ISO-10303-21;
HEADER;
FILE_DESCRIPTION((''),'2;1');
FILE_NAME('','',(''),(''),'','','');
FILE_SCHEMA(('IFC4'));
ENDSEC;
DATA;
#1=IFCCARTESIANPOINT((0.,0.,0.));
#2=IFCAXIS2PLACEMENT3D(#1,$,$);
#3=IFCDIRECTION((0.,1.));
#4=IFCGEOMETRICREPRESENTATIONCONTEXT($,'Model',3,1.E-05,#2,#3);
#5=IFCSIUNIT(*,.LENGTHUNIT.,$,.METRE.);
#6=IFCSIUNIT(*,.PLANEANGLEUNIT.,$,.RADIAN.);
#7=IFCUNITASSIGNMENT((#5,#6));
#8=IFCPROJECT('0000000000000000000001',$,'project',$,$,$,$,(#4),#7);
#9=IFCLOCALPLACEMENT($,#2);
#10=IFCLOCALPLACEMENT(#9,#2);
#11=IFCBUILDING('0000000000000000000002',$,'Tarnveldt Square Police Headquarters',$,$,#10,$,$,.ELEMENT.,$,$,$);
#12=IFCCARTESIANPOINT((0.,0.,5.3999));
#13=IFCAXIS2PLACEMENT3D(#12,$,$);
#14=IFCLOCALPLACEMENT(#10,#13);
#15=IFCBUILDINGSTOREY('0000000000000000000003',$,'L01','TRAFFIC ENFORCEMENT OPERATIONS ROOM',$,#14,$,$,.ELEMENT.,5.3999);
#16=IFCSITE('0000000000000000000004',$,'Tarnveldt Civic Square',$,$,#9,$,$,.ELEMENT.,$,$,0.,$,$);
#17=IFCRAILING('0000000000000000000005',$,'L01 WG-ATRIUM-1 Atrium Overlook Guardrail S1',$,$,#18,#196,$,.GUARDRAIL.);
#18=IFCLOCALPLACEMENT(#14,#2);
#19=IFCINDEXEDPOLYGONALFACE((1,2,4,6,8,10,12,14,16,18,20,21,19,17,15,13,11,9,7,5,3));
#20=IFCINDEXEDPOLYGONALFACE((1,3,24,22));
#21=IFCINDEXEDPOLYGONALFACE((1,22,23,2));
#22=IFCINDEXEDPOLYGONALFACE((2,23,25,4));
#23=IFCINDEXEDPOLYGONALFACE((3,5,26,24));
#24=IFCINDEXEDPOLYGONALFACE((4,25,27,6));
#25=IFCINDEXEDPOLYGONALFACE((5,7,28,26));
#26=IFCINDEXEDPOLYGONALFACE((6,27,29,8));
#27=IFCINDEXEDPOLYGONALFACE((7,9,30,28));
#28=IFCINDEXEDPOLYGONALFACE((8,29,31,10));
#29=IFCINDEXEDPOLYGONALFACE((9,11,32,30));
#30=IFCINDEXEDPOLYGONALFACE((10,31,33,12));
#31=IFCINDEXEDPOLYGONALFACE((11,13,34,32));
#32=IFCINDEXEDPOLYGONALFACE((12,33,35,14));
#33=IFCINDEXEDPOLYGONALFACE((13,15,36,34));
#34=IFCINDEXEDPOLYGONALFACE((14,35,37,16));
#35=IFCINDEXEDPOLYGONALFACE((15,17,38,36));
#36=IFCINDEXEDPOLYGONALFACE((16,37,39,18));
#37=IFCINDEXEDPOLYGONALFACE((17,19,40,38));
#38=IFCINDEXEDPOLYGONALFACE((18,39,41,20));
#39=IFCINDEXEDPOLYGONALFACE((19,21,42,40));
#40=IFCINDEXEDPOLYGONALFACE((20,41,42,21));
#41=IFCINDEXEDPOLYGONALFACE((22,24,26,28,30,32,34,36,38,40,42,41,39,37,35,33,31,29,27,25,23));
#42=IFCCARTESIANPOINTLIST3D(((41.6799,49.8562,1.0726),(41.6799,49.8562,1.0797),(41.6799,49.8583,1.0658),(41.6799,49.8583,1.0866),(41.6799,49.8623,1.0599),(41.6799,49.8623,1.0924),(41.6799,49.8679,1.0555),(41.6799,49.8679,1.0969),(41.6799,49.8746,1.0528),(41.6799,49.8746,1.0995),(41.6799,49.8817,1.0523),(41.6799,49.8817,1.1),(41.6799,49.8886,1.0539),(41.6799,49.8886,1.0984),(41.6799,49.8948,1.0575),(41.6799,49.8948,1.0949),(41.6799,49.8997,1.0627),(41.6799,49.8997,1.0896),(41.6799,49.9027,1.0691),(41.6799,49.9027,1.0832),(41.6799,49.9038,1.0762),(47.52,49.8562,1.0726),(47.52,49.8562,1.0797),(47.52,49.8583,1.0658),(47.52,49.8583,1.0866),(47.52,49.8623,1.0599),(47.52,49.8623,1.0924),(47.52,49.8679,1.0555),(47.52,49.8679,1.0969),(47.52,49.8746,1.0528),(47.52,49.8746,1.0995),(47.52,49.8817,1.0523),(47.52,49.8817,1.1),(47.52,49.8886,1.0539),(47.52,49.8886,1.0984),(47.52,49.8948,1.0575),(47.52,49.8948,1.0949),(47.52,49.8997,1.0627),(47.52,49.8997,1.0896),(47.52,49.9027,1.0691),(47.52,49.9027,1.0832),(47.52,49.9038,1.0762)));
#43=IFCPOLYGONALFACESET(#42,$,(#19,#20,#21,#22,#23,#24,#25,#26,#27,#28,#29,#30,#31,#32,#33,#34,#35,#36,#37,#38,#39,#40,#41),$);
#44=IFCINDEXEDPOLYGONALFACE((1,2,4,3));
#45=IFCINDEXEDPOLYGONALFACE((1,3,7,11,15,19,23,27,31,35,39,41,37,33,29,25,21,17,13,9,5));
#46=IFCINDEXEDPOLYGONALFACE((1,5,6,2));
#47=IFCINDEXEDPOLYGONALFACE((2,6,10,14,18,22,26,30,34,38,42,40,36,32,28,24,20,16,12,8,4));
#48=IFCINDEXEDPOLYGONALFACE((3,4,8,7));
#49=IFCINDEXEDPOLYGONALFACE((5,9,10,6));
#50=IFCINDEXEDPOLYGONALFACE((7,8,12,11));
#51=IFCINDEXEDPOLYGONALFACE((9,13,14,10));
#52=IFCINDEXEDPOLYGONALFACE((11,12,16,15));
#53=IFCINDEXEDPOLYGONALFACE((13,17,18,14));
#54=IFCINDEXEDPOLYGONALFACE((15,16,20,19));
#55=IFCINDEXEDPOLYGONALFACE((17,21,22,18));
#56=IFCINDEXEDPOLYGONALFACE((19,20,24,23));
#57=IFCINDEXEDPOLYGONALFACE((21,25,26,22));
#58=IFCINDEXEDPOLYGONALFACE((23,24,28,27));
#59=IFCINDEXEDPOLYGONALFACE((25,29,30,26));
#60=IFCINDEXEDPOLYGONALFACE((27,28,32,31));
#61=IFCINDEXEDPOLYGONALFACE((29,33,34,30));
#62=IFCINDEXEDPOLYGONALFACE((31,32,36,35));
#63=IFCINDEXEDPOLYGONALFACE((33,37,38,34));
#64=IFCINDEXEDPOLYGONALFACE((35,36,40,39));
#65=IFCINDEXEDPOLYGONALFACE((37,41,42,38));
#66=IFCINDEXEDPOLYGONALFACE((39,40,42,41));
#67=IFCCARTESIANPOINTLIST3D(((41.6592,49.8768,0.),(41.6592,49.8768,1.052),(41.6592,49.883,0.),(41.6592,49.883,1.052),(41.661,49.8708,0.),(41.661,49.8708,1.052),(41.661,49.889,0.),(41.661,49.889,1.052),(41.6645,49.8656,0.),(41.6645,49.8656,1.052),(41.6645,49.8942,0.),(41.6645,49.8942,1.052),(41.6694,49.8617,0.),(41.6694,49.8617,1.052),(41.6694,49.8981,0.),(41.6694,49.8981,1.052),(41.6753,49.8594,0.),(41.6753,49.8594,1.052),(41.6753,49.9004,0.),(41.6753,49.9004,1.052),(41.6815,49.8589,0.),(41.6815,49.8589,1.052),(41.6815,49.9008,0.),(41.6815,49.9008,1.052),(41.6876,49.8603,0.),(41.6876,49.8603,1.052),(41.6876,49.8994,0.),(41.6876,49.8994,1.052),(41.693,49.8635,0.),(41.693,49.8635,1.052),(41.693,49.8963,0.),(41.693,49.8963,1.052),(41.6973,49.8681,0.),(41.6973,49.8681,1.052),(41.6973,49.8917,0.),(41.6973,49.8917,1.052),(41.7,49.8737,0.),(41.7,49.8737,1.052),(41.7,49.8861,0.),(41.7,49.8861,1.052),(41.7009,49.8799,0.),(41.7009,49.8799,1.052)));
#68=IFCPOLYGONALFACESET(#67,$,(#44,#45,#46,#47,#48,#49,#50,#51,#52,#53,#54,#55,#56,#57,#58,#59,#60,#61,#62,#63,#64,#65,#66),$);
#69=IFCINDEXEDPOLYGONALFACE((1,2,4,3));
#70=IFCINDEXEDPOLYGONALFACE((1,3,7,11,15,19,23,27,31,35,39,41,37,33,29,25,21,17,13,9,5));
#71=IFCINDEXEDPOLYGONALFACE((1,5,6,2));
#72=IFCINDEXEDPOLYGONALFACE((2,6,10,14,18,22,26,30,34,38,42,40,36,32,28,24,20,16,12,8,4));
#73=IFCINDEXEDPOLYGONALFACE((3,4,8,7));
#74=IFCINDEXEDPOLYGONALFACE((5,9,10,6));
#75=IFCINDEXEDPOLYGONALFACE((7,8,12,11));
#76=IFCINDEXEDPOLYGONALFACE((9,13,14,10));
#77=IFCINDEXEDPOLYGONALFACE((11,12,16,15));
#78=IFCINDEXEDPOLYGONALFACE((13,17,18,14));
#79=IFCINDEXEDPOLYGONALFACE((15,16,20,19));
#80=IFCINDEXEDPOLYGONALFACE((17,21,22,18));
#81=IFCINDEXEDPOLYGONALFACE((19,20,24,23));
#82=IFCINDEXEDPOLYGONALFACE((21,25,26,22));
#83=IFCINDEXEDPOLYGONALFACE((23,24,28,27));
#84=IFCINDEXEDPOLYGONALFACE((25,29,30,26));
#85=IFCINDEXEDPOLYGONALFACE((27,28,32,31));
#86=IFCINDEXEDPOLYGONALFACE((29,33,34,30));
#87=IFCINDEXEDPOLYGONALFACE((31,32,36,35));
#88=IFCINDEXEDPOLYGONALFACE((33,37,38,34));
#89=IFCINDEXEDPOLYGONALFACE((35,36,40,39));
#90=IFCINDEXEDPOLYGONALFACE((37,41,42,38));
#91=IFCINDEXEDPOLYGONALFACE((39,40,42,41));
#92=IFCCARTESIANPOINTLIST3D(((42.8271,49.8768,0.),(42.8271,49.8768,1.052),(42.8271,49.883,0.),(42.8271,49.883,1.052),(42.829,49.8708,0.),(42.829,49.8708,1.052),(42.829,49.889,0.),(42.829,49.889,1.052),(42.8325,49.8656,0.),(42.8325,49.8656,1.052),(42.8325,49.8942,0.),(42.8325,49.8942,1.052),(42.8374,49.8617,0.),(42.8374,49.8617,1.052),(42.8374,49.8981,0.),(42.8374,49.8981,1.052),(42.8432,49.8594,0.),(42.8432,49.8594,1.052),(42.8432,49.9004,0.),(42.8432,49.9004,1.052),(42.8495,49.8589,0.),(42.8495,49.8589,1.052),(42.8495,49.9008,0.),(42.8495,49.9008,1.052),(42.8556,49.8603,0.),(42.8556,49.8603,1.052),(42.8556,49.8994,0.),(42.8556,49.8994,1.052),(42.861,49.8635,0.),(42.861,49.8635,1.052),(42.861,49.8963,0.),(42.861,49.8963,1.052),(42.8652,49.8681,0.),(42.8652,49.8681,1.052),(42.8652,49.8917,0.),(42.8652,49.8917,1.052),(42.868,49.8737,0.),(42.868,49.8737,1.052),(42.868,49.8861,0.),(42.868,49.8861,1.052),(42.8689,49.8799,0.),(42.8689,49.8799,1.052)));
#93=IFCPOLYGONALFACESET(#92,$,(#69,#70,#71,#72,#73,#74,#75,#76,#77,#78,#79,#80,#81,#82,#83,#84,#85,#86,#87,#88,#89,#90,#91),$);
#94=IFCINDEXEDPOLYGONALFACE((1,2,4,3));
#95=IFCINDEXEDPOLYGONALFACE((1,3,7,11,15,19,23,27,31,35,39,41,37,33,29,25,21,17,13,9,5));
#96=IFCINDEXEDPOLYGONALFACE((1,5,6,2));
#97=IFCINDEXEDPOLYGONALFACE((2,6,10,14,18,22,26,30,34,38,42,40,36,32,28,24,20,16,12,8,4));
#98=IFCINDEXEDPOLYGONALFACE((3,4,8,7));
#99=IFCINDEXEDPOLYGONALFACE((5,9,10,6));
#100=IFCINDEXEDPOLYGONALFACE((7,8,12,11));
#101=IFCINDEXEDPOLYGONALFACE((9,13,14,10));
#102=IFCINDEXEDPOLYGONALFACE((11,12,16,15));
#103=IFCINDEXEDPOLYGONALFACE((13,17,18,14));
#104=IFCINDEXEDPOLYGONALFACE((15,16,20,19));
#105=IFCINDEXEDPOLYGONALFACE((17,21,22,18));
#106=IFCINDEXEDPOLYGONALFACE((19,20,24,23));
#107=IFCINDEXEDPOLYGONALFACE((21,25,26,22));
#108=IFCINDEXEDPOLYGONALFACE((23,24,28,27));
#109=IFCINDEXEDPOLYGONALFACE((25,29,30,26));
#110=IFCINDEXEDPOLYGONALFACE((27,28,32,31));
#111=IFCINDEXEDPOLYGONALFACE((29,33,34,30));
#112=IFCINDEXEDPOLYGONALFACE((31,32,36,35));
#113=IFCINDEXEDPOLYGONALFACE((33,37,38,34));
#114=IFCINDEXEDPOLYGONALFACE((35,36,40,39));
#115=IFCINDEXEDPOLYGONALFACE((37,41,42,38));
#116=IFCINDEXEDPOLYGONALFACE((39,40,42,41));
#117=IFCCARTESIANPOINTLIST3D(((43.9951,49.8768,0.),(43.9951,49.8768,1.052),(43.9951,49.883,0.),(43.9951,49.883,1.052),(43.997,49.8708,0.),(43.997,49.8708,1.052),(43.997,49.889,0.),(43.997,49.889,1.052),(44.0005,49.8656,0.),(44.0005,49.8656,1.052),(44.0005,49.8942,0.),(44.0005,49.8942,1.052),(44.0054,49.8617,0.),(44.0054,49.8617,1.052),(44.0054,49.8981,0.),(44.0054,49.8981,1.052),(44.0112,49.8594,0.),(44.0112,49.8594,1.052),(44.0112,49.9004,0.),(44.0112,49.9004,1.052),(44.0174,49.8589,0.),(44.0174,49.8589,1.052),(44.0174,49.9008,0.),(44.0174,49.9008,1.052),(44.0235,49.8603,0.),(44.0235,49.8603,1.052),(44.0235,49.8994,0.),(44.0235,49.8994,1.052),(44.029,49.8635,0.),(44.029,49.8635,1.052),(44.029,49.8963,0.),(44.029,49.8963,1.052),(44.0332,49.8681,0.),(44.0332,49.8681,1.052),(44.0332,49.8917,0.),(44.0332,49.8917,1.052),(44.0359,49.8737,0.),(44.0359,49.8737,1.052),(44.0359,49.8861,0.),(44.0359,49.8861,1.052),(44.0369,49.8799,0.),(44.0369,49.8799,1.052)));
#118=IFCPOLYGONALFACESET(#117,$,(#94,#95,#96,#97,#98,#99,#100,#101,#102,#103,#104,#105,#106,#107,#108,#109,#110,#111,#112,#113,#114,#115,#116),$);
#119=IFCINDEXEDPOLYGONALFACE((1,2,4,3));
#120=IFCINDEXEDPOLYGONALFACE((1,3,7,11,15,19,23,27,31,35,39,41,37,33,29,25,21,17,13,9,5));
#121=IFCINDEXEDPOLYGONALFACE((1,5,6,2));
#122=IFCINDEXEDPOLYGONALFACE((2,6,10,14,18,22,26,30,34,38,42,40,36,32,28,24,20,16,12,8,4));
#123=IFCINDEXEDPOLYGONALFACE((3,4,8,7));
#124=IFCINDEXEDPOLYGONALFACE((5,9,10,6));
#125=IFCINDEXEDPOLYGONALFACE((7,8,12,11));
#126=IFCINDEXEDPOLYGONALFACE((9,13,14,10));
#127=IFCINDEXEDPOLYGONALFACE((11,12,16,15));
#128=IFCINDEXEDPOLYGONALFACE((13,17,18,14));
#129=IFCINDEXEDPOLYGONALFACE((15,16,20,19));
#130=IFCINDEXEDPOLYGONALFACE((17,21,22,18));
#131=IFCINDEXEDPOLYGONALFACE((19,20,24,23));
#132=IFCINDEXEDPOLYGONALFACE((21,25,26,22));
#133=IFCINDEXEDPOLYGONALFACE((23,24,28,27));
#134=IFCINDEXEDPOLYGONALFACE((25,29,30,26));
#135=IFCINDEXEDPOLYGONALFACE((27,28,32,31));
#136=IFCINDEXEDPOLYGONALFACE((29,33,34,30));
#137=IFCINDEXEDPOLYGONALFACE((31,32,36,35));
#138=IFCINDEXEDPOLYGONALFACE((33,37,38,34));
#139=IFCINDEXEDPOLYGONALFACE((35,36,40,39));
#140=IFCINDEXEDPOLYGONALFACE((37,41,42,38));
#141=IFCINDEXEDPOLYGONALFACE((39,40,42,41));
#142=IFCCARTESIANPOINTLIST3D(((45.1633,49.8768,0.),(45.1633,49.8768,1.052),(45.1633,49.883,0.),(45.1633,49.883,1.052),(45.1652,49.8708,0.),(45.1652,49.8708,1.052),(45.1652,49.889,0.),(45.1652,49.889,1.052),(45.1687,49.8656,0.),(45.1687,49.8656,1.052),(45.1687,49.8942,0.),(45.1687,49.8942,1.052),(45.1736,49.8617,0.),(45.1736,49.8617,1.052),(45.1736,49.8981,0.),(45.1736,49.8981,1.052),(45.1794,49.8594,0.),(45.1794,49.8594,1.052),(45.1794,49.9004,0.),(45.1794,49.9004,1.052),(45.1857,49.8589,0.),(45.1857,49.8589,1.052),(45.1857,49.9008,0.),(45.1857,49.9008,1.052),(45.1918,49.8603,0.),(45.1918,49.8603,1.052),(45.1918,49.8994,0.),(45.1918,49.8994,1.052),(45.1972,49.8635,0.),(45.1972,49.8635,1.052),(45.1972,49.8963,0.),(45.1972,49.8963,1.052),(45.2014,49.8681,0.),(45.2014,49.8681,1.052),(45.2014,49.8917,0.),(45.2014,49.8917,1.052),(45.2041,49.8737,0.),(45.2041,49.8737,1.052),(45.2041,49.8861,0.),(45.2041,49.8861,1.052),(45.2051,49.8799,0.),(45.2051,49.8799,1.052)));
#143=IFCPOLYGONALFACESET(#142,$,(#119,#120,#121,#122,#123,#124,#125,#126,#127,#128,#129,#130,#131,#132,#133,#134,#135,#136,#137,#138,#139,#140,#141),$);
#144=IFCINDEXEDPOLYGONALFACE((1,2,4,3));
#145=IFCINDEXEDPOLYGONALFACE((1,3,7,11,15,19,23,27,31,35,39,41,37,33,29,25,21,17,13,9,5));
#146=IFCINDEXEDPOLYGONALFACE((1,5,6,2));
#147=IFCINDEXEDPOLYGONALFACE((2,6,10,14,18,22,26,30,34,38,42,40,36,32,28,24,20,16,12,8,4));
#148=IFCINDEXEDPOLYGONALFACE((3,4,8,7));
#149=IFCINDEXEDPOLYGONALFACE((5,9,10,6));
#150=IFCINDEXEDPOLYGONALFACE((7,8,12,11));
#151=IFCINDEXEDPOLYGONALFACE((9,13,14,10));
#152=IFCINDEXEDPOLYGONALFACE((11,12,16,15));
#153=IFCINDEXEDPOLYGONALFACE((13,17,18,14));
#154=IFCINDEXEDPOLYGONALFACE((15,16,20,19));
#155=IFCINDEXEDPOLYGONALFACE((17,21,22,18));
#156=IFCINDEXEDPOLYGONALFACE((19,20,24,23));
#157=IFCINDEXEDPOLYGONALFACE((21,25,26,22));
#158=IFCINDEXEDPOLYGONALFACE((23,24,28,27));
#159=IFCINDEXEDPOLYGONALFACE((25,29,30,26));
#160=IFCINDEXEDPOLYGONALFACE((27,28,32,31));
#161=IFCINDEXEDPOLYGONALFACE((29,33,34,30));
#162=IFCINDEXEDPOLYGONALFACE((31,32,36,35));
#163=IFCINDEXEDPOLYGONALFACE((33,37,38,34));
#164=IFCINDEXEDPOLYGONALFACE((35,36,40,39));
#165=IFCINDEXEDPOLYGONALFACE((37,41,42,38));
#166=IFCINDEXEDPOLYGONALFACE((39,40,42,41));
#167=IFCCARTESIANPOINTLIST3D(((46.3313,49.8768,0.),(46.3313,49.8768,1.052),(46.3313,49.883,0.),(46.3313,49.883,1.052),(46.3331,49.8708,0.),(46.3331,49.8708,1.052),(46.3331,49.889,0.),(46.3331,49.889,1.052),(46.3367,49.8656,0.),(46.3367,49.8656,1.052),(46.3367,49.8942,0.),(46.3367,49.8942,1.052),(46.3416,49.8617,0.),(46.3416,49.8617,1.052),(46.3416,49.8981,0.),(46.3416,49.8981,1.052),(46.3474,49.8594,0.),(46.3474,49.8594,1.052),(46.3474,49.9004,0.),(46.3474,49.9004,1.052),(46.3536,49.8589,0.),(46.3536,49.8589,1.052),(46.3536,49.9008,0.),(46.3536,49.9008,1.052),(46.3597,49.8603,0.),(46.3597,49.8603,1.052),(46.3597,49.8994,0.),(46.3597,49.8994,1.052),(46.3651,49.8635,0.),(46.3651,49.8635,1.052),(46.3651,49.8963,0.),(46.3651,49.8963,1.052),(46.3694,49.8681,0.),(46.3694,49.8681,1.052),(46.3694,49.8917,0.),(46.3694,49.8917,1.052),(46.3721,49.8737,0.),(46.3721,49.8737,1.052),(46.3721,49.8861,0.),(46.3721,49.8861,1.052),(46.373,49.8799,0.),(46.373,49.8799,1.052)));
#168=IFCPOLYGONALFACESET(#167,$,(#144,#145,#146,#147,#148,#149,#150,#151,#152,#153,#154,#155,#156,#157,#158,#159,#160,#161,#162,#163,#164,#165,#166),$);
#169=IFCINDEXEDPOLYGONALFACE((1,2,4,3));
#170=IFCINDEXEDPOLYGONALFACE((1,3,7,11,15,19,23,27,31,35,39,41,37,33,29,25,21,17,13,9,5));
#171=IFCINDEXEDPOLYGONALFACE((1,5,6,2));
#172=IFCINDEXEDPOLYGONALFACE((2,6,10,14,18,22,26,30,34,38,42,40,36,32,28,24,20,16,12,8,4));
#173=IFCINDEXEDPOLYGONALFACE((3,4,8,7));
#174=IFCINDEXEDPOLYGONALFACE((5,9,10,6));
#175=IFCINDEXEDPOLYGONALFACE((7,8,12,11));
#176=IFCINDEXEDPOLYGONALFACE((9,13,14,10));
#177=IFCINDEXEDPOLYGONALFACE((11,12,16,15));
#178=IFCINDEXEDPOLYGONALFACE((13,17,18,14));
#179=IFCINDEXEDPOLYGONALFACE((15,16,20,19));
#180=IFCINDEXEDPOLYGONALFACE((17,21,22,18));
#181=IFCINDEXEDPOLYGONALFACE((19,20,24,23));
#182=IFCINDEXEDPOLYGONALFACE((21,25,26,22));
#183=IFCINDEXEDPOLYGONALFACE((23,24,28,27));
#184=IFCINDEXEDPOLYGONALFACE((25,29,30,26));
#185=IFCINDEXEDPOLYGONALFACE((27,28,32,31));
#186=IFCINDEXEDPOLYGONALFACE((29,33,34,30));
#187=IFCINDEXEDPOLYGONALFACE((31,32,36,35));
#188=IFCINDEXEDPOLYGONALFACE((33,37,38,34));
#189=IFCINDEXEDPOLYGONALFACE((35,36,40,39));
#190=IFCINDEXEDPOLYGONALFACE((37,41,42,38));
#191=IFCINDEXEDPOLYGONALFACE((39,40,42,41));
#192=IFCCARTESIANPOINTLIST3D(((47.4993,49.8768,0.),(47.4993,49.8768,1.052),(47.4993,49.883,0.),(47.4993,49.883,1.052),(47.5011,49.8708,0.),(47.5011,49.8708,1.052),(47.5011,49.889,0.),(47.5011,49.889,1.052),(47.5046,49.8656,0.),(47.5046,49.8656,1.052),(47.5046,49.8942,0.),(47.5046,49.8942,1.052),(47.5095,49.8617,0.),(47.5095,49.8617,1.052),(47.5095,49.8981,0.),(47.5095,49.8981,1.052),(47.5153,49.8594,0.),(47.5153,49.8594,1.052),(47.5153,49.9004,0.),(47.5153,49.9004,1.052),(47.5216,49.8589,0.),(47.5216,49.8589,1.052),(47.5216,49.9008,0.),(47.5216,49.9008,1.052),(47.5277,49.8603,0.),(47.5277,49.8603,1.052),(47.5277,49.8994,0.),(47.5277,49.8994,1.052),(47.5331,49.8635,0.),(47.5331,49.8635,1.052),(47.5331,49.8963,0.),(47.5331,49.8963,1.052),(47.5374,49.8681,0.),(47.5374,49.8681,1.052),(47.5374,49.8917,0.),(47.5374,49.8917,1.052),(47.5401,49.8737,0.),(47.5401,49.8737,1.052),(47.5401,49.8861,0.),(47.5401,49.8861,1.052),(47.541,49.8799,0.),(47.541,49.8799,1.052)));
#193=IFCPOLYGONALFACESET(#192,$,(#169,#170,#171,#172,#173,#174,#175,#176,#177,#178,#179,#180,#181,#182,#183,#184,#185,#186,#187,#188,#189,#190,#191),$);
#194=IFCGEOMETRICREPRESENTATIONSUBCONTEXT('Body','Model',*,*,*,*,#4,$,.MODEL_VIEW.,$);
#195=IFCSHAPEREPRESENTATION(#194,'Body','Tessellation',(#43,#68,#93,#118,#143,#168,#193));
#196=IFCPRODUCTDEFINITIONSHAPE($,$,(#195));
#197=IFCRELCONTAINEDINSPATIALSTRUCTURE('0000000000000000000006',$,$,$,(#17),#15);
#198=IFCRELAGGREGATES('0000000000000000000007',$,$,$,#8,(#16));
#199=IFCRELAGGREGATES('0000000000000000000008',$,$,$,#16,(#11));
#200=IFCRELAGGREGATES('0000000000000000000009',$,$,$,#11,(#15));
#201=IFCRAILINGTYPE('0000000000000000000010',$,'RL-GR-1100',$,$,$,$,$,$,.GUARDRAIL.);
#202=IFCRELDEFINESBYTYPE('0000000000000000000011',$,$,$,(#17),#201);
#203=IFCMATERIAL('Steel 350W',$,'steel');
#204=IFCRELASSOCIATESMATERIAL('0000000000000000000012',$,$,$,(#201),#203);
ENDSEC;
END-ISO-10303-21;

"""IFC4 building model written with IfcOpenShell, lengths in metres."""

from ifc_helpers import new_model, si_unit, direction, frame, origin, origin_2d, place, context, subcontext, project, spatial, circle, extrude, material, type_object, element, save


model = new_model("IFC4")

# Units and contexts
model_context = context("Model", 3, precision=1e-05, world=origin(), true_north=direction((0.0, 1.0)))
body_context = subcontext(model_context, "Body", "Model", "MODEL_VIEW")
ifc_project = project(units=[si_unit("LENGTHUNIT", "METRE"), si_unit("PLANEANGLEUNIT", "RADIAN")], contexts=[model_context])

# Site, building, storey
site_placement = place(None, origin())
site = spatial("IfcSite", under=ifc_project, at=site_placement, Name="Tarnveldt Civic Square", CompositionType="ELEMENT", RefElevation=0.0)
building_placement = place(site_placement, origin())
building = spatial("IfcBuilding", under=site, at=building_placement, Name="Tarnveldt Square Police Headquarters", CompositionType="ELEMENT")
storey_placement = place(building_placement, frame((0.0, 0.0, 5.3999)))
storey = spatial("IfcBuildingStorey", under=building, at=storey_placement, Name="L01", Description="TRAFFIC ENFORCEMENT OPERATIONS ROOM", CompositionType="ELEMENT", Elevation=5.3999)

# Shared definitions
ifc_material_1 = material(Name="Steel 350W", Category="steel")

# Railing
railing_type = type_object("IfcRailingType", Name="RL-GR-1100", PredefinedType="GUARDRAIL", material=ifc_material_1)
railing_1_placement = place(storey_placement, frame((41.6799, 49.8799, 0.0)))
element("IfcRailing", 1, at=railing_1_placement, inside=storey, type_object=railing_type, Name="L01 WG-ATRIUM-1 Atrium Overlook Guardrail S1", PredefinedType="GUARDRAIL", context=body_context, shape_type="SweptSolid", body=[
    extrude(circle(Radius=0.0239, at=origin_2d()), frame((0.0, 0.0, 1.0762), z_axis=(1.0, 0.0, 0.0), x_axis=(0.0, 1.0, 0.0)), (0.0, 0.0, 1.0), 5.8401),
    extrude(circle(Radius=0.021, at=origin_2d()), origin(), (0.0, 0.0, 1.0), 1.052),
    extrude(circle(Radius=0.021, at=origin_2d()), frame((1.168, 0.0, 0.0)), (0.0, 0.0, 1.0), 1.052),
    extrude(circle(Radius=0.021, at=origin_2d()), frame((2.3359, 0.0, 0.0)), (0.0, 0.0, 1.0), 1.052),
    extrude(circle(Radius=0.021, at=origin_2d()), frame((3.5042, 0.0, 0.0)), (0.0, 0.0, 1.0), 1.052),
    extrude(circle(Radius=0.021, at=origin_2d()), frame((4.6721, 0.0, 0.0)), (0.0, 0.0, 1.0), 1.052),
    extrude(circle(Radius=0.021, at=origin_2d()), frame((5.8401, 0.0, 0.0)), (0.0, 0.0, 1.0), 1.052),
])

save(model, "model.ifc")
